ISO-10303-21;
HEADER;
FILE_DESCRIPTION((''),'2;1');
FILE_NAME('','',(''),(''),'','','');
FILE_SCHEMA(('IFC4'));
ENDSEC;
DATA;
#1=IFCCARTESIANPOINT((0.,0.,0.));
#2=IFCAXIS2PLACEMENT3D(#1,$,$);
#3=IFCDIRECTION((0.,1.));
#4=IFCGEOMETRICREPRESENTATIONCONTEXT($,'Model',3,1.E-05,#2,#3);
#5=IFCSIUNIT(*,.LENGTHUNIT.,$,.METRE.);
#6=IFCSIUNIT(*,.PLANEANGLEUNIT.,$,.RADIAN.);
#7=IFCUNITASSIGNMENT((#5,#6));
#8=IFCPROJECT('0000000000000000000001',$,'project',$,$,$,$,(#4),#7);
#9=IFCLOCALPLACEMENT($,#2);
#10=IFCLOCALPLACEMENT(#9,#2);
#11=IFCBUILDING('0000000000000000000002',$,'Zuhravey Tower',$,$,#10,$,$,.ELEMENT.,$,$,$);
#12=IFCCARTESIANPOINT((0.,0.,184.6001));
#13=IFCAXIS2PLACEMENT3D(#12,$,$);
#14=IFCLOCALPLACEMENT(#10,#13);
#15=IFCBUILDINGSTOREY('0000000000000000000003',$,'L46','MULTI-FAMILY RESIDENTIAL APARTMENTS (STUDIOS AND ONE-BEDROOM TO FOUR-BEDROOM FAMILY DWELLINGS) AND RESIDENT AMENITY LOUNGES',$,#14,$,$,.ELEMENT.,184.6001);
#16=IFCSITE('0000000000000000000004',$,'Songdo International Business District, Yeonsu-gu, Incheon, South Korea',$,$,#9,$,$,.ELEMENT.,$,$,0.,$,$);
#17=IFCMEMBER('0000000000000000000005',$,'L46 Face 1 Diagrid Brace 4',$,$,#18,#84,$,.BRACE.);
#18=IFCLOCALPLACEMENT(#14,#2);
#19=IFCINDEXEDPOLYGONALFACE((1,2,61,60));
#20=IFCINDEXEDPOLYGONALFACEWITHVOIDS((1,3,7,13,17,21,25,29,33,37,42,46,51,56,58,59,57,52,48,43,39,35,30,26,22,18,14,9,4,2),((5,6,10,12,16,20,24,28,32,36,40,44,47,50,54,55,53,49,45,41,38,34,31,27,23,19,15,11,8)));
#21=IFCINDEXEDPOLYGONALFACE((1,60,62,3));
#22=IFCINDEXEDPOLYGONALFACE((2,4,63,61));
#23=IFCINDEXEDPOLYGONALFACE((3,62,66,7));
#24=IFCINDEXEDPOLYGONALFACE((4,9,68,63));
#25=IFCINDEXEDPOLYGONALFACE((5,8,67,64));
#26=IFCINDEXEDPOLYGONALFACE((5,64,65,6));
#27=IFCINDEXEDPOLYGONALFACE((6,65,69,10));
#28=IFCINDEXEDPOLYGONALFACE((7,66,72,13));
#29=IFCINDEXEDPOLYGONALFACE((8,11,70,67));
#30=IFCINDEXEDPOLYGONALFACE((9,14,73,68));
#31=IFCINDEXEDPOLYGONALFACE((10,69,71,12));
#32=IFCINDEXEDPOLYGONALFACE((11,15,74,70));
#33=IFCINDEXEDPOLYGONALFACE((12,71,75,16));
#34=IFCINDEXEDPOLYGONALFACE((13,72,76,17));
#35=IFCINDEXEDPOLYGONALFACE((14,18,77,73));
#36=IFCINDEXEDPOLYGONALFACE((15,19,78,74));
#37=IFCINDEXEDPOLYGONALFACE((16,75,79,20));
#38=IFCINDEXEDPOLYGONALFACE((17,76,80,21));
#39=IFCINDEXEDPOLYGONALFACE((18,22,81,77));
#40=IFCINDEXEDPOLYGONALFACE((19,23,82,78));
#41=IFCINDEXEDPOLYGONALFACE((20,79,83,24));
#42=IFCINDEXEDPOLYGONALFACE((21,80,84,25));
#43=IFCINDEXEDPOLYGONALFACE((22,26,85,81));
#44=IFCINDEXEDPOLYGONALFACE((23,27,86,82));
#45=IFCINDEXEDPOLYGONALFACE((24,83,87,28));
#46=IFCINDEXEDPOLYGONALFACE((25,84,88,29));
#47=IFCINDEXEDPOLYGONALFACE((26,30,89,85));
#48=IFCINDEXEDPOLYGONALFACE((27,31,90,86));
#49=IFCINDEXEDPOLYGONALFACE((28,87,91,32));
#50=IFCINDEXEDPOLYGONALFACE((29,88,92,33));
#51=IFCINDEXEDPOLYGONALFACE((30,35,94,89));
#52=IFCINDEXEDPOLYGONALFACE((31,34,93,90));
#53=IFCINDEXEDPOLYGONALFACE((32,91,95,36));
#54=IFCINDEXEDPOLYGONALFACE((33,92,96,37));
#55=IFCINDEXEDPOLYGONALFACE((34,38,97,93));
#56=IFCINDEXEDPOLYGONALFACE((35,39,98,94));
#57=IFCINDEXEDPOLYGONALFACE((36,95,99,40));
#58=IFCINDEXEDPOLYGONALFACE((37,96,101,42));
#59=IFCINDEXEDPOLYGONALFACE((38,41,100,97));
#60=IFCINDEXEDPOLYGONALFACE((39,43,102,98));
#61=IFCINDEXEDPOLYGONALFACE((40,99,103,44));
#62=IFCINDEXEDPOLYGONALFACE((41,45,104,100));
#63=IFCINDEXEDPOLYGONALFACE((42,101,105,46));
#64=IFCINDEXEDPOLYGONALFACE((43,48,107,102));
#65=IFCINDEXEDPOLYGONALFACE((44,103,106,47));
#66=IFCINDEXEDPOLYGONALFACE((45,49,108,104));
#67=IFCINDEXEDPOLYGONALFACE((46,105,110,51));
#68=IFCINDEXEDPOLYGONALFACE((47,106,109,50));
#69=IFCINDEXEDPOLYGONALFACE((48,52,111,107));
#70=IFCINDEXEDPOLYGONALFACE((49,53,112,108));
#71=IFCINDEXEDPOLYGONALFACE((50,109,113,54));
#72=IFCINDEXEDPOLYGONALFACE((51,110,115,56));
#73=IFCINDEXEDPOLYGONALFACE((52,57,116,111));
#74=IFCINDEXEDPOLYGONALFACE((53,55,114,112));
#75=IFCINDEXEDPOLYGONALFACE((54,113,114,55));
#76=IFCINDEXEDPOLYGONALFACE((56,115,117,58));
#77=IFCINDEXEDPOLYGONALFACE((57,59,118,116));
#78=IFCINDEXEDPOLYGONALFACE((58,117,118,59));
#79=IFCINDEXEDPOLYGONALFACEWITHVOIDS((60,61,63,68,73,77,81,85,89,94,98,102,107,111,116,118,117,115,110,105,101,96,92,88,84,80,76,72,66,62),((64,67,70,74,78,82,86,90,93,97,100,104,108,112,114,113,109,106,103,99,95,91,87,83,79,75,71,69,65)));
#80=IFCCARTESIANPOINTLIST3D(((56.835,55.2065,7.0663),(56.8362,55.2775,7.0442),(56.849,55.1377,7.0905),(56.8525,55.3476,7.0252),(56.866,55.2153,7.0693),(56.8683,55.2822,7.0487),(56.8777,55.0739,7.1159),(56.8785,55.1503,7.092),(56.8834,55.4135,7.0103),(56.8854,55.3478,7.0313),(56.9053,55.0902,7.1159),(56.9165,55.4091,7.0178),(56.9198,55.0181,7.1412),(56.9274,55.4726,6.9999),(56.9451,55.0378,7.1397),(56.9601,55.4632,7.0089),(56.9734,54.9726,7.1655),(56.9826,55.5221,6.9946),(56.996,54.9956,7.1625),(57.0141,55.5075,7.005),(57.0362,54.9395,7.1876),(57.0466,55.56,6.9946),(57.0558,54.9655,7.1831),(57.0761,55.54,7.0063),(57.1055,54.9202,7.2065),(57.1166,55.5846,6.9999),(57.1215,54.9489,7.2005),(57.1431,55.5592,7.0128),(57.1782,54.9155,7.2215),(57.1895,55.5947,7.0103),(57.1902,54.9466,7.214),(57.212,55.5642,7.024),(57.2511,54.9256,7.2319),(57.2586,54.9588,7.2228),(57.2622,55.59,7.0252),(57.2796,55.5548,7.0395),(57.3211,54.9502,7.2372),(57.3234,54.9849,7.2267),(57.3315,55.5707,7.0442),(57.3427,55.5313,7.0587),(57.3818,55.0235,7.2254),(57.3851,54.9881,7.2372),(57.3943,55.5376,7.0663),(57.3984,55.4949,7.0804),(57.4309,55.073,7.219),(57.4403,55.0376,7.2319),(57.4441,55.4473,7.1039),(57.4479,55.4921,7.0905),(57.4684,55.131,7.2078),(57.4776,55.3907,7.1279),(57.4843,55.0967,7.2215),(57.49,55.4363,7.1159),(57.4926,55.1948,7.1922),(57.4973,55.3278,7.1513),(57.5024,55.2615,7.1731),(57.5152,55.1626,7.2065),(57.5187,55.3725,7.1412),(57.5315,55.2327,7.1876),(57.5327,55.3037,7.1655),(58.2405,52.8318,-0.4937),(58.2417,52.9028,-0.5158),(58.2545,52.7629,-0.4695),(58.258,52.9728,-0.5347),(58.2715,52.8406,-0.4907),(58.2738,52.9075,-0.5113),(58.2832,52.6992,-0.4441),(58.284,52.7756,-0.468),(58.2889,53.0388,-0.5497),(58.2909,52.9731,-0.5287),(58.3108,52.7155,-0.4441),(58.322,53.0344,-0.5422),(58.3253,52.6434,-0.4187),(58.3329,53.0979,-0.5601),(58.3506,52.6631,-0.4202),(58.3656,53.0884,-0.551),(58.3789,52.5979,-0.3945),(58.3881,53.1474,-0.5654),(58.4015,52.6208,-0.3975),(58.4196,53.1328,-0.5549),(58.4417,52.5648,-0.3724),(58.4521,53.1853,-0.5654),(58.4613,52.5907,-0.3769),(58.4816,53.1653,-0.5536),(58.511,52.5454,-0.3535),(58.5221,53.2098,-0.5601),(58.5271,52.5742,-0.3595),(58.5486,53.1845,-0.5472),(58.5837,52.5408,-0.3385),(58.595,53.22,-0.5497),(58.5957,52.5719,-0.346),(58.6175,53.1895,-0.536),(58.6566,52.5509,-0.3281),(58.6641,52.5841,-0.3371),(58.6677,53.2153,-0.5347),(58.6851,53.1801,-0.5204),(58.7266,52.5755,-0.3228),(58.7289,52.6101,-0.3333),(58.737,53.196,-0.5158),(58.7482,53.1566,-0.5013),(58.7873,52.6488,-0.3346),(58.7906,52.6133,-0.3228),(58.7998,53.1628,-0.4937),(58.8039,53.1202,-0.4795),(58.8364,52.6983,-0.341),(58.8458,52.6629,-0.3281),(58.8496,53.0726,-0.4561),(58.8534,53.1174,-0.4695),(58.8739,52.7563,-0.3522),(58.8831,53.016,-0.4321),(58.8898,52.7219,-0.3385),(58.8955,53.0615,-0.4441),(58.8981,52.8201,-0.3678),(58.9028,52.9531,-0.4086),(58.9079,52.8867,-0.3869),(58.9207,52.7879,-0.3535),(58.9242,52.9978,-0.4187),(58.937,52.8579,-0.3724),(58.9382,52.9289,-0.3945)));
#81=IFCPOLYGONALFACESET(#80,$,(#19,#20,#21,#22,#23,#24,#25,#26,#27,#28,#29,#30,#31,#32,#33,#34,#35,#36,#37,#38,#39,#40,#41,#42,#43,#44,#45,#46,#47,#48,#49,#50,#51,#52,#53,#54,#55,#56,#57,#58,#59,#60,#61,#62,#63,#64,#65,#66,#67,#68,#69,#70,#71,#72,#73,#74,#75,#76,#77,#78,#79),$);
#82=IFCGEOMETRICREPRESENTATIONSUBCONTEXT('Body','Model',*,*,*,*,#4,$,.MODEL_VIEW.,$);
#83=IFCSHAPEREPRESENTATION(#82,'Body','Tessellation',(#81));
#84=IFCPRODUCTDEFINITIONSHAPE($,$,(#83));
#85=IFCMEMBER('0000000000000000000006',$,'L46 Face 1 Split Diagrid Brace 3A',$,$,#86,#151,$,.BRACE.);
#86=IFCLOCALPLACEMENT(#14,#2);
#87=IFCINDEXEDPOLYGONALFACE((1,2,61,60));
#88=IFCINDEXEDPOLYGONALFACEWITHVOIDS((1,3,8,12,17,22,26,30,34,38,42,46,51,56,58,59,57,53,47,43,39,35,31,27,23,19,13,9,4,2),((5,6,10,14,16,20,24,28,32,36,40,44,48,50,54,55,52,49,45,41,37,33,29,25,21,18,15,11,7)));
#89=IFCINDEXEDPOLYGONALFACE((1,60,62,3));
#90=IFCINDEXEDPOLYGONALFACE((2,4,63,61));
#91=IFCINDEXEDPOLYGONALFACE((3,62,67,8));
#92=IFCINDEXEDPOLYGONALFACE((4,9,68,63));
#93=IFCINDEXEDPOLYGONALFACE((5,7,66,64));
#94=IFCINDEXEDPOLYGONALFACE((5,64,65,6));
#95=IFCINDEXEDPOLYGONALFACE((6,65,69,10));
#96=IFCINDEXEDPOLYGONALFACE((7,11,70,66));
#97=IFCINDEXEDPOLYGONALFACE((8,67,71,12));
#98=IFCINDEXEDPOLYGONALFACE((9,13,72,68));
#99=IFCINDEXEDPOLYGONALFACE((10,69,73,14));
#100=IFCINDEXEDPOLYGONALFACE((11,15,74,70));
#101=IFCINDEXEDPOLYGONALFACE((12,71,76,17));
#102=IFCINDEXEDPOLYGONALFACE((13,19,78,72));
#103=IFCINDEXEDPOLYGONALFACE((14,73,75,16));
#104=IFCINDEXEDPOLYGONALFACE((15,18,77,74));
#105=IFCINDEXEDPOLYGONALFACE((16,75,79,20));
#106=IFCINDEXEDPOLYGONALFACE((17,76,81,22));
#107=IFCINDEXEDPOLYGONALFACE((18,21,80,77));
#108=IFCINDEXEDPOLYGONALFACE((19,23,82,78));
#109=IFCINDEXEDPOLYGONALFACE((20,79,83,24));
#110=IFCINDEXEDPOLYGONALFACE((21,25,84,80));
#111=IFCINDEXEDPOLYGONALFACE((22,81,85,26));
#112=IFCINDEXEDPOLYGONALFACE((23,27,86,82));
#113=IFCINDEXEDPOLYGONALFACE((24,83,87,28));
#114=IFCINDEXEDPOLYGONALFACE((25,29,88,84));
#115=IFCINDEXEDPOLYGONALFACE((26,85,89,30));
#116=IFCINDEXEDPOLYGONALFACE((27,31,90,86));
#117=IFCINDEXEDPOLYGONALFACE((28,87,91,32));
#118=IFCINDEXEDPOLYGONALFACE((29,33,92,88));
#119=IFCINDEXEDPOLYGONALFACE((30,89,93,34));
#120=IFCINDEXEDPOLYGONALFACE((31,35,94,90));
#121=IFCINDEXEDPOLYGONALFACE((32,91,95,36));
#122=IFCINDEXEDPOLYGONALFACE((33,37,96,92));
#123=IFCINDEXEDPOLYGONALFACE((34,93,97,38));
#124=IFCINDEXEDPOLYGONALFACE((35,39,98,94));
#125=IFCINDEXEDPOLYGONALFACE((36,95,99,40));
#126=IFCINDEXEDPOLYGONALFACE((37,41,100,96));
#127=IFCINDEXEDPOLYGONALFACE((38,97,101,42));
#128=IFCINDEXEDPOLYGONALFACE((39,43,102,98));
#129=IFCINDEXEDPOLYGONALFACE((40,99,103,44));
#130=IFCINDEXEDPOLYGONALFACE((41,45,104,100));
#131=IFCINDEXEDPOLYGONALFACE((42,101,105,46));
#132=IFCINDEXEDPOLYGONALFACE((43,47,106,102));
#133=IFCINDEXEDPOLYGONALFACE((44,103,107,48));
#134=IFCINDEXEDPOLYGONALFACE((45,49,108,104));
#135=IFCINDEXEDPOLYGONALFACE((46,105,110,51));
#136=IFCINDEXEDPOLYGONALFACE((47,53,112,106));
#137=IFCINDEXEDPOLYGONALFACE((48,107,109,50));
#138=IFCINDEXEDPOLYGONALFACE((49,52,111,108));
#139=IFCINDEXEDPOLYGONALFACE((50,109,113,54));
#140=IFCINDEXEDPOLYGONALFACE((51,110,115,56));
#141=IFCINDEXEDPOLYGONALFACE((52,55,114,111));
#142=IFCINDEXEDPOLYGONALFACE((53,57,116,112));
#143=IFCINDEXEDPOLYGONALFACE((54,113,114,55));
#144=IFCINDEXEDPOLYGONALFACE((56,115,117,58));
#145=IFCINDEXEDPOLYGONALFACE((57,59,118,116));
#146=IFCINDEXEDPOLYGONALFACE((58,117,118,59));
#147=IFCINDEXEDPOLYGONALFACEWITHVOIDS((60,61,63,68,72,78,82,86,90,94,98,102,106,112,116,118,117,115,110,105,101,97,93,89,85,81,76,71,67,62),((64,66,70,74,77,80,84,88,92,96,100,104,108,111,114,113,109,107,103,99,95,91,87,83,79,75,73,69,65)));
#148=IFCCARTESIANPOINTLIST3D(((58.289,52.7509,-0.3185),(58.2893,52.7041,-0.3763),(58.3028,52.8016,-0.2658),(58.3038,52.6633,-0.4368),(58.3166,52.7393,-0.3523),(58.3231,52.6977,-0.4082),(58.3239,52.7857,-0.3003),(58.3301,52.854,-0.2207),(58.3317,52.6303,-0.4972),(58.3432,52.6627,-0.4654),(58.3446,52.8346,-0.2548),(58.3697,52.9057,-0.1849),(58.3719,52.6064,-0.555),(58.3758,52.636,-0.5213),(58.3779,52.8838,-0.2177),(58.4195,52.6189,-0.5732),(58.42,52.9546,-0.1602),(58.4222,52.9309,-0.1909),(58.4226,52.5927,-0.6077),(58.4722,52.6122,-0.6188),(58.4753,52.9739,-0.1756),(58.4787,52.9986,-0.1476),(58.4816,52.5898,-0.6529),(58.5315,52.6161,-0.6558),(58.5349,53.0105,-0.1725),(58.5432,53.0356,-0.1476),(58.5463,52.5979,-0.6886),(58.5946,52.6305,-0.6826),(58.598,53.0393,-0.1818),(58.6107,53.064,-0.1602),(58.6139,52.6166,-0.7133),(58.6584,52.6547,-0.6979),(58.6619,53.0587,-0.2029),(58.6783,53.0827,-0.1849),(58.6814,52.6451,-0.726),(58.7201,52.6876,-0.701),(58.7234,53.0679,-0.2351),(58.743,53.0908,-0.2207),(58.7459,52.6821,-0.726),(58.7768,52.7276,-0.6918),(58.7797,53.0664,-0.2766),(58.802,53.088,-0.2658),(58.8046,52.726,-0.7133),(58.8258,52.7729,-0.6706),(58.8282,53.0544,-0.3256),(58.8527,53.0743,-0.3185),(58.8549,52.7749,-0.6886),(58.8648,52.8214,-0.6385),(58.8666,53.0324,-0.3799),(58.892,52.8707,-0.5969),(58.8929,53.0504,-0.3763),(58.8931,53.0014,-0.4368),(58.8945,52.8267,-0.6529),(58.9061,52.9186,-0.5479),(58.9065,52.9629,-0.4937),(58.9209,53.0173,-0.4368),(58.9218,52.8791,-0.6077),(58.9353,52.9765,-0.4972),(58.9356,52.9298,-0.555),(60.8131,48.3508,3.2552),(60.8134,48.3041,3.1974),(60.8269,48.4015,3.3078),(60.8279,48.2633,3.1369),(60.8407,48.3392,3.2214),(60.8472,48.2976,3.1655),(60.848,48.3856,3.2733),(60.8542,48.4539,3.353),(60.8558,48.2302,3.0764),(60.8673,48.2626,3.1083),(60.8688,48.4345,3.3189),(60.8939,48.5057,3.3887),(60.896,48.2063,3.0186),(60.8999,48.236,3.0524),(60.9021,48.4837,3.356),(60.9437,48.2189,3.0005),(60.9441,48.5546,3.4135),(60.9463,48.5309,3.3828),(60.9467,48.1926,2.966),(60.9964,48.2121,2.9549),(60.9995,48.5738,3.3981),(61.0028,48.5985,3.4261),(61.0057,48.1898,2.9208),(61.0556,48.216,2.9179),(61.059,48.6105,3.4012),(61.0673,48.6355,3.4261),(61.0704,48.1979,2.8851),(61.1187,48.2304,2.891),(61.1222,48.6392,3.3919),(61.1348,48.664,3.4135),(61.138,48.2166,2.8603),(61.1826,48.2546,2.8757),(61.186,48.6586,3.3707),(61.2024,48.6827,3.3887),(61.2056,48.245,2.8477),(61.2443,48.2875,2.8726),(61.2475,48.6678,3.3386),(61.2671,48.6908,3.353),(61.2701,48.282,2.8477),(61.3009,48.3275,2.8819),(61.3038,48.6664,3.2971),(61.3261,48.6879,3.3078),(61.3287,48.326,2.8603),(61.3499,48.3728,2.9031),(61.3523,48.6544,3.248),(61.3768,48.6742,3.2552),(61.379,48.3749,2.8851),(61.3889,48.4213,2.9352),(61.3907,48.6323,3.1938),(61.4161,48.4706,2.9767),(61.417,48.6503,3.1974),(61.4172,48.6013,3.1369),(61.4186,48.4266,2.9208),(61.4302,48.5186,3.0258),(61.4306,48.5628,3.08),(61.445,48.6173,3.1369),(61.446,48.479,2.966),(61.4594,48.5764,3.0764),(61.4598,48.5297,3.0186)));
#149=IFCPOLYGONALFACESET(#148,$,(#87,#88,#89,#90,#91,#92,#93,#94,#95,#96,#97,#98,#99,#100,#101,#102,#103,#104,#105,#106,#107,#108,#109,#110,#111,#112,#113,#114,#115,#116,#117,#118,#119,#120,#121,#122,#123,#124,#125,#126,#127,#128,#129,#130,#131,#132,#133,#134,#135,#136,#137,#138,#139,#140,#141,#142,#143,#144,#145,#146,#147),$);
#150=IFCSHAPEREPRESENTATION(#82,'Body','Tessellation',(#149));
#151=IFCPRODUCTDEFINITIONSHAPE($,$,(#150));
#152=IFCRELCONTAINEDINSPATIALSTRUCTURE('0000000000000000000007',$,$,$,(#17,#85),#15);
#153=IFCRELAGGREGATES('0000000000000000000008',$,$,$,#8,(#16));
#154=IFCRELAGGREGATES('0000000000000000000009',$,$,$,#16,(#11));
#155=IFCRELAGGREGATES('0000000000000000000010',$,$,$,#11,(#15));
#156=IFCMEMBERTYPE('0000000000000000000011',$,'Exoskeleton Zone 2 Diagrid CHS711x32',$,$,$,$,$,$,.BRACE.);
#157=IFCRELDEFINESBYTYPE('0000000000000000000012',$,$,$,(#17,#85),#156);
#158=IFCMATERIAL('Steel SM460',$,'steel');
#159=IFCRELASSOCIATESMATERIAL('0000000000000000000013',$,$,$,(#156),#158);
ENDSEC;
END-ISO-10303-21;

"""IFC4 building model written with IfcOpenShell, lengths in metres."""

from ifc_helpers import new_model, si_unit, direction, frame, origin, origin_2d, place, context, subcontext, project, spatial, hollow_circle, extrude, material, material_profile, profile_set, type_object, element, save


model = new_model("IFC4")

# Units and contexts
model_context = context("Model", 3, precision=1e-05, world=origin(), true_north=direction((0.0, 1.0)))
body_context = subcontext(model_context, "Body", "Model", "MODEL_VIEW")
ifc_project = project(units=[si_unit("LENGTHUNIT", "METRE"), si_unit("PLANEANGLEUNIT", "RADIAN")], contexts=[model_context])

# Site, building, storey
site_placement = place(None, origin())
site = spatial("IfcSite", under=ifc_project, at=site_placement, Name="Songdo International Business District, Yeonsu-gu, Incheon, South Korea", CompositionType="ELEMENT", RefElevation=0.0)
building_placement = place(site_placement, origin())
building = spatial("IfcBuilding", under=site, at=building_placement, Name="Zuhravey Tower", CompositionType="ELEMENT")
storey_placement = place(building_placement, frame((0.0, 0.0, 184.6001)))
storey = spatial("IfcBuildingStorey", under=building, at=storey_placement, Name="L46", Description="MULTI-FAMILY RESIDENTIAL APARTMENTS (STUDIOS AND ONE-BEDROOM TO FOUR-BEDROOM FAMILY DWELLINGS) AND RESIDENT AMENITY LOUNGES", CompositionType="ELEMENT", Elevation=184.6001)

# Members
ifc_material_1 = material(Name="Steel SM460", Category="steel")
ifc_material_profile_1 = material_profile(ifc_material_1, hollow_circle(Radius=0.3557, WallThickness=0.032, at=origin_2d()), Name="CHS-711.2x32")
ifc_profile_set_1 = profile_set([ifc_material_profile_1], Name="Steel SM460")
member_type_1 = type_object("IfcMemberType", Name="Exoskeleton Zone 2 Diagrid CHS711x32", PredefinedType="BRACE", material=ifc_profile_set_1)
member_1_placement = place(storey_placement, frame((58.5894, 52.8804, -0.4441), z_axis=(-0.174643, 0.295076, 0.939377), x_axis=(-0.860569, -0.509334, 0.0)))
element("IfcMember", 1, at=member_1_placement, inside=storey, type_object=member_type_1, Name="L46 Face 1 Diagrid Brace 4", PredefinedType="BRACE", context=body_context, shape_type="SweptSolid", body=[
    extrude(hollow_circle(Radius=0.3557, WallThickness=0.032, at=origin_2d()), origin(), (0.0, 0.0, 1.0), 8.0479),
])
member_2_placement = place(storey_placement, frame((58.6123, 52.8403, -0.4368), z_axis=(0.406784, -0.709108, 0.575927), x_axis=(0.86741, 0.497595, 0.0)))
element("IfcMember", 2, at=member_2_placement, inside=storey, type_object=member_type_1, Name="L46 Face 1 Split Diagrid Brace 3A", PredefinedType="BRACE", context=body_context, shape_type="SweptSolid", body=[
    extrude(hollow_circle(Radius=0.3557, WallThickness=0.032, at=origin_2d()), origin(), (0.0, 0.0, 1.0), 6.2051),
])

save(model, "model.ifc")
